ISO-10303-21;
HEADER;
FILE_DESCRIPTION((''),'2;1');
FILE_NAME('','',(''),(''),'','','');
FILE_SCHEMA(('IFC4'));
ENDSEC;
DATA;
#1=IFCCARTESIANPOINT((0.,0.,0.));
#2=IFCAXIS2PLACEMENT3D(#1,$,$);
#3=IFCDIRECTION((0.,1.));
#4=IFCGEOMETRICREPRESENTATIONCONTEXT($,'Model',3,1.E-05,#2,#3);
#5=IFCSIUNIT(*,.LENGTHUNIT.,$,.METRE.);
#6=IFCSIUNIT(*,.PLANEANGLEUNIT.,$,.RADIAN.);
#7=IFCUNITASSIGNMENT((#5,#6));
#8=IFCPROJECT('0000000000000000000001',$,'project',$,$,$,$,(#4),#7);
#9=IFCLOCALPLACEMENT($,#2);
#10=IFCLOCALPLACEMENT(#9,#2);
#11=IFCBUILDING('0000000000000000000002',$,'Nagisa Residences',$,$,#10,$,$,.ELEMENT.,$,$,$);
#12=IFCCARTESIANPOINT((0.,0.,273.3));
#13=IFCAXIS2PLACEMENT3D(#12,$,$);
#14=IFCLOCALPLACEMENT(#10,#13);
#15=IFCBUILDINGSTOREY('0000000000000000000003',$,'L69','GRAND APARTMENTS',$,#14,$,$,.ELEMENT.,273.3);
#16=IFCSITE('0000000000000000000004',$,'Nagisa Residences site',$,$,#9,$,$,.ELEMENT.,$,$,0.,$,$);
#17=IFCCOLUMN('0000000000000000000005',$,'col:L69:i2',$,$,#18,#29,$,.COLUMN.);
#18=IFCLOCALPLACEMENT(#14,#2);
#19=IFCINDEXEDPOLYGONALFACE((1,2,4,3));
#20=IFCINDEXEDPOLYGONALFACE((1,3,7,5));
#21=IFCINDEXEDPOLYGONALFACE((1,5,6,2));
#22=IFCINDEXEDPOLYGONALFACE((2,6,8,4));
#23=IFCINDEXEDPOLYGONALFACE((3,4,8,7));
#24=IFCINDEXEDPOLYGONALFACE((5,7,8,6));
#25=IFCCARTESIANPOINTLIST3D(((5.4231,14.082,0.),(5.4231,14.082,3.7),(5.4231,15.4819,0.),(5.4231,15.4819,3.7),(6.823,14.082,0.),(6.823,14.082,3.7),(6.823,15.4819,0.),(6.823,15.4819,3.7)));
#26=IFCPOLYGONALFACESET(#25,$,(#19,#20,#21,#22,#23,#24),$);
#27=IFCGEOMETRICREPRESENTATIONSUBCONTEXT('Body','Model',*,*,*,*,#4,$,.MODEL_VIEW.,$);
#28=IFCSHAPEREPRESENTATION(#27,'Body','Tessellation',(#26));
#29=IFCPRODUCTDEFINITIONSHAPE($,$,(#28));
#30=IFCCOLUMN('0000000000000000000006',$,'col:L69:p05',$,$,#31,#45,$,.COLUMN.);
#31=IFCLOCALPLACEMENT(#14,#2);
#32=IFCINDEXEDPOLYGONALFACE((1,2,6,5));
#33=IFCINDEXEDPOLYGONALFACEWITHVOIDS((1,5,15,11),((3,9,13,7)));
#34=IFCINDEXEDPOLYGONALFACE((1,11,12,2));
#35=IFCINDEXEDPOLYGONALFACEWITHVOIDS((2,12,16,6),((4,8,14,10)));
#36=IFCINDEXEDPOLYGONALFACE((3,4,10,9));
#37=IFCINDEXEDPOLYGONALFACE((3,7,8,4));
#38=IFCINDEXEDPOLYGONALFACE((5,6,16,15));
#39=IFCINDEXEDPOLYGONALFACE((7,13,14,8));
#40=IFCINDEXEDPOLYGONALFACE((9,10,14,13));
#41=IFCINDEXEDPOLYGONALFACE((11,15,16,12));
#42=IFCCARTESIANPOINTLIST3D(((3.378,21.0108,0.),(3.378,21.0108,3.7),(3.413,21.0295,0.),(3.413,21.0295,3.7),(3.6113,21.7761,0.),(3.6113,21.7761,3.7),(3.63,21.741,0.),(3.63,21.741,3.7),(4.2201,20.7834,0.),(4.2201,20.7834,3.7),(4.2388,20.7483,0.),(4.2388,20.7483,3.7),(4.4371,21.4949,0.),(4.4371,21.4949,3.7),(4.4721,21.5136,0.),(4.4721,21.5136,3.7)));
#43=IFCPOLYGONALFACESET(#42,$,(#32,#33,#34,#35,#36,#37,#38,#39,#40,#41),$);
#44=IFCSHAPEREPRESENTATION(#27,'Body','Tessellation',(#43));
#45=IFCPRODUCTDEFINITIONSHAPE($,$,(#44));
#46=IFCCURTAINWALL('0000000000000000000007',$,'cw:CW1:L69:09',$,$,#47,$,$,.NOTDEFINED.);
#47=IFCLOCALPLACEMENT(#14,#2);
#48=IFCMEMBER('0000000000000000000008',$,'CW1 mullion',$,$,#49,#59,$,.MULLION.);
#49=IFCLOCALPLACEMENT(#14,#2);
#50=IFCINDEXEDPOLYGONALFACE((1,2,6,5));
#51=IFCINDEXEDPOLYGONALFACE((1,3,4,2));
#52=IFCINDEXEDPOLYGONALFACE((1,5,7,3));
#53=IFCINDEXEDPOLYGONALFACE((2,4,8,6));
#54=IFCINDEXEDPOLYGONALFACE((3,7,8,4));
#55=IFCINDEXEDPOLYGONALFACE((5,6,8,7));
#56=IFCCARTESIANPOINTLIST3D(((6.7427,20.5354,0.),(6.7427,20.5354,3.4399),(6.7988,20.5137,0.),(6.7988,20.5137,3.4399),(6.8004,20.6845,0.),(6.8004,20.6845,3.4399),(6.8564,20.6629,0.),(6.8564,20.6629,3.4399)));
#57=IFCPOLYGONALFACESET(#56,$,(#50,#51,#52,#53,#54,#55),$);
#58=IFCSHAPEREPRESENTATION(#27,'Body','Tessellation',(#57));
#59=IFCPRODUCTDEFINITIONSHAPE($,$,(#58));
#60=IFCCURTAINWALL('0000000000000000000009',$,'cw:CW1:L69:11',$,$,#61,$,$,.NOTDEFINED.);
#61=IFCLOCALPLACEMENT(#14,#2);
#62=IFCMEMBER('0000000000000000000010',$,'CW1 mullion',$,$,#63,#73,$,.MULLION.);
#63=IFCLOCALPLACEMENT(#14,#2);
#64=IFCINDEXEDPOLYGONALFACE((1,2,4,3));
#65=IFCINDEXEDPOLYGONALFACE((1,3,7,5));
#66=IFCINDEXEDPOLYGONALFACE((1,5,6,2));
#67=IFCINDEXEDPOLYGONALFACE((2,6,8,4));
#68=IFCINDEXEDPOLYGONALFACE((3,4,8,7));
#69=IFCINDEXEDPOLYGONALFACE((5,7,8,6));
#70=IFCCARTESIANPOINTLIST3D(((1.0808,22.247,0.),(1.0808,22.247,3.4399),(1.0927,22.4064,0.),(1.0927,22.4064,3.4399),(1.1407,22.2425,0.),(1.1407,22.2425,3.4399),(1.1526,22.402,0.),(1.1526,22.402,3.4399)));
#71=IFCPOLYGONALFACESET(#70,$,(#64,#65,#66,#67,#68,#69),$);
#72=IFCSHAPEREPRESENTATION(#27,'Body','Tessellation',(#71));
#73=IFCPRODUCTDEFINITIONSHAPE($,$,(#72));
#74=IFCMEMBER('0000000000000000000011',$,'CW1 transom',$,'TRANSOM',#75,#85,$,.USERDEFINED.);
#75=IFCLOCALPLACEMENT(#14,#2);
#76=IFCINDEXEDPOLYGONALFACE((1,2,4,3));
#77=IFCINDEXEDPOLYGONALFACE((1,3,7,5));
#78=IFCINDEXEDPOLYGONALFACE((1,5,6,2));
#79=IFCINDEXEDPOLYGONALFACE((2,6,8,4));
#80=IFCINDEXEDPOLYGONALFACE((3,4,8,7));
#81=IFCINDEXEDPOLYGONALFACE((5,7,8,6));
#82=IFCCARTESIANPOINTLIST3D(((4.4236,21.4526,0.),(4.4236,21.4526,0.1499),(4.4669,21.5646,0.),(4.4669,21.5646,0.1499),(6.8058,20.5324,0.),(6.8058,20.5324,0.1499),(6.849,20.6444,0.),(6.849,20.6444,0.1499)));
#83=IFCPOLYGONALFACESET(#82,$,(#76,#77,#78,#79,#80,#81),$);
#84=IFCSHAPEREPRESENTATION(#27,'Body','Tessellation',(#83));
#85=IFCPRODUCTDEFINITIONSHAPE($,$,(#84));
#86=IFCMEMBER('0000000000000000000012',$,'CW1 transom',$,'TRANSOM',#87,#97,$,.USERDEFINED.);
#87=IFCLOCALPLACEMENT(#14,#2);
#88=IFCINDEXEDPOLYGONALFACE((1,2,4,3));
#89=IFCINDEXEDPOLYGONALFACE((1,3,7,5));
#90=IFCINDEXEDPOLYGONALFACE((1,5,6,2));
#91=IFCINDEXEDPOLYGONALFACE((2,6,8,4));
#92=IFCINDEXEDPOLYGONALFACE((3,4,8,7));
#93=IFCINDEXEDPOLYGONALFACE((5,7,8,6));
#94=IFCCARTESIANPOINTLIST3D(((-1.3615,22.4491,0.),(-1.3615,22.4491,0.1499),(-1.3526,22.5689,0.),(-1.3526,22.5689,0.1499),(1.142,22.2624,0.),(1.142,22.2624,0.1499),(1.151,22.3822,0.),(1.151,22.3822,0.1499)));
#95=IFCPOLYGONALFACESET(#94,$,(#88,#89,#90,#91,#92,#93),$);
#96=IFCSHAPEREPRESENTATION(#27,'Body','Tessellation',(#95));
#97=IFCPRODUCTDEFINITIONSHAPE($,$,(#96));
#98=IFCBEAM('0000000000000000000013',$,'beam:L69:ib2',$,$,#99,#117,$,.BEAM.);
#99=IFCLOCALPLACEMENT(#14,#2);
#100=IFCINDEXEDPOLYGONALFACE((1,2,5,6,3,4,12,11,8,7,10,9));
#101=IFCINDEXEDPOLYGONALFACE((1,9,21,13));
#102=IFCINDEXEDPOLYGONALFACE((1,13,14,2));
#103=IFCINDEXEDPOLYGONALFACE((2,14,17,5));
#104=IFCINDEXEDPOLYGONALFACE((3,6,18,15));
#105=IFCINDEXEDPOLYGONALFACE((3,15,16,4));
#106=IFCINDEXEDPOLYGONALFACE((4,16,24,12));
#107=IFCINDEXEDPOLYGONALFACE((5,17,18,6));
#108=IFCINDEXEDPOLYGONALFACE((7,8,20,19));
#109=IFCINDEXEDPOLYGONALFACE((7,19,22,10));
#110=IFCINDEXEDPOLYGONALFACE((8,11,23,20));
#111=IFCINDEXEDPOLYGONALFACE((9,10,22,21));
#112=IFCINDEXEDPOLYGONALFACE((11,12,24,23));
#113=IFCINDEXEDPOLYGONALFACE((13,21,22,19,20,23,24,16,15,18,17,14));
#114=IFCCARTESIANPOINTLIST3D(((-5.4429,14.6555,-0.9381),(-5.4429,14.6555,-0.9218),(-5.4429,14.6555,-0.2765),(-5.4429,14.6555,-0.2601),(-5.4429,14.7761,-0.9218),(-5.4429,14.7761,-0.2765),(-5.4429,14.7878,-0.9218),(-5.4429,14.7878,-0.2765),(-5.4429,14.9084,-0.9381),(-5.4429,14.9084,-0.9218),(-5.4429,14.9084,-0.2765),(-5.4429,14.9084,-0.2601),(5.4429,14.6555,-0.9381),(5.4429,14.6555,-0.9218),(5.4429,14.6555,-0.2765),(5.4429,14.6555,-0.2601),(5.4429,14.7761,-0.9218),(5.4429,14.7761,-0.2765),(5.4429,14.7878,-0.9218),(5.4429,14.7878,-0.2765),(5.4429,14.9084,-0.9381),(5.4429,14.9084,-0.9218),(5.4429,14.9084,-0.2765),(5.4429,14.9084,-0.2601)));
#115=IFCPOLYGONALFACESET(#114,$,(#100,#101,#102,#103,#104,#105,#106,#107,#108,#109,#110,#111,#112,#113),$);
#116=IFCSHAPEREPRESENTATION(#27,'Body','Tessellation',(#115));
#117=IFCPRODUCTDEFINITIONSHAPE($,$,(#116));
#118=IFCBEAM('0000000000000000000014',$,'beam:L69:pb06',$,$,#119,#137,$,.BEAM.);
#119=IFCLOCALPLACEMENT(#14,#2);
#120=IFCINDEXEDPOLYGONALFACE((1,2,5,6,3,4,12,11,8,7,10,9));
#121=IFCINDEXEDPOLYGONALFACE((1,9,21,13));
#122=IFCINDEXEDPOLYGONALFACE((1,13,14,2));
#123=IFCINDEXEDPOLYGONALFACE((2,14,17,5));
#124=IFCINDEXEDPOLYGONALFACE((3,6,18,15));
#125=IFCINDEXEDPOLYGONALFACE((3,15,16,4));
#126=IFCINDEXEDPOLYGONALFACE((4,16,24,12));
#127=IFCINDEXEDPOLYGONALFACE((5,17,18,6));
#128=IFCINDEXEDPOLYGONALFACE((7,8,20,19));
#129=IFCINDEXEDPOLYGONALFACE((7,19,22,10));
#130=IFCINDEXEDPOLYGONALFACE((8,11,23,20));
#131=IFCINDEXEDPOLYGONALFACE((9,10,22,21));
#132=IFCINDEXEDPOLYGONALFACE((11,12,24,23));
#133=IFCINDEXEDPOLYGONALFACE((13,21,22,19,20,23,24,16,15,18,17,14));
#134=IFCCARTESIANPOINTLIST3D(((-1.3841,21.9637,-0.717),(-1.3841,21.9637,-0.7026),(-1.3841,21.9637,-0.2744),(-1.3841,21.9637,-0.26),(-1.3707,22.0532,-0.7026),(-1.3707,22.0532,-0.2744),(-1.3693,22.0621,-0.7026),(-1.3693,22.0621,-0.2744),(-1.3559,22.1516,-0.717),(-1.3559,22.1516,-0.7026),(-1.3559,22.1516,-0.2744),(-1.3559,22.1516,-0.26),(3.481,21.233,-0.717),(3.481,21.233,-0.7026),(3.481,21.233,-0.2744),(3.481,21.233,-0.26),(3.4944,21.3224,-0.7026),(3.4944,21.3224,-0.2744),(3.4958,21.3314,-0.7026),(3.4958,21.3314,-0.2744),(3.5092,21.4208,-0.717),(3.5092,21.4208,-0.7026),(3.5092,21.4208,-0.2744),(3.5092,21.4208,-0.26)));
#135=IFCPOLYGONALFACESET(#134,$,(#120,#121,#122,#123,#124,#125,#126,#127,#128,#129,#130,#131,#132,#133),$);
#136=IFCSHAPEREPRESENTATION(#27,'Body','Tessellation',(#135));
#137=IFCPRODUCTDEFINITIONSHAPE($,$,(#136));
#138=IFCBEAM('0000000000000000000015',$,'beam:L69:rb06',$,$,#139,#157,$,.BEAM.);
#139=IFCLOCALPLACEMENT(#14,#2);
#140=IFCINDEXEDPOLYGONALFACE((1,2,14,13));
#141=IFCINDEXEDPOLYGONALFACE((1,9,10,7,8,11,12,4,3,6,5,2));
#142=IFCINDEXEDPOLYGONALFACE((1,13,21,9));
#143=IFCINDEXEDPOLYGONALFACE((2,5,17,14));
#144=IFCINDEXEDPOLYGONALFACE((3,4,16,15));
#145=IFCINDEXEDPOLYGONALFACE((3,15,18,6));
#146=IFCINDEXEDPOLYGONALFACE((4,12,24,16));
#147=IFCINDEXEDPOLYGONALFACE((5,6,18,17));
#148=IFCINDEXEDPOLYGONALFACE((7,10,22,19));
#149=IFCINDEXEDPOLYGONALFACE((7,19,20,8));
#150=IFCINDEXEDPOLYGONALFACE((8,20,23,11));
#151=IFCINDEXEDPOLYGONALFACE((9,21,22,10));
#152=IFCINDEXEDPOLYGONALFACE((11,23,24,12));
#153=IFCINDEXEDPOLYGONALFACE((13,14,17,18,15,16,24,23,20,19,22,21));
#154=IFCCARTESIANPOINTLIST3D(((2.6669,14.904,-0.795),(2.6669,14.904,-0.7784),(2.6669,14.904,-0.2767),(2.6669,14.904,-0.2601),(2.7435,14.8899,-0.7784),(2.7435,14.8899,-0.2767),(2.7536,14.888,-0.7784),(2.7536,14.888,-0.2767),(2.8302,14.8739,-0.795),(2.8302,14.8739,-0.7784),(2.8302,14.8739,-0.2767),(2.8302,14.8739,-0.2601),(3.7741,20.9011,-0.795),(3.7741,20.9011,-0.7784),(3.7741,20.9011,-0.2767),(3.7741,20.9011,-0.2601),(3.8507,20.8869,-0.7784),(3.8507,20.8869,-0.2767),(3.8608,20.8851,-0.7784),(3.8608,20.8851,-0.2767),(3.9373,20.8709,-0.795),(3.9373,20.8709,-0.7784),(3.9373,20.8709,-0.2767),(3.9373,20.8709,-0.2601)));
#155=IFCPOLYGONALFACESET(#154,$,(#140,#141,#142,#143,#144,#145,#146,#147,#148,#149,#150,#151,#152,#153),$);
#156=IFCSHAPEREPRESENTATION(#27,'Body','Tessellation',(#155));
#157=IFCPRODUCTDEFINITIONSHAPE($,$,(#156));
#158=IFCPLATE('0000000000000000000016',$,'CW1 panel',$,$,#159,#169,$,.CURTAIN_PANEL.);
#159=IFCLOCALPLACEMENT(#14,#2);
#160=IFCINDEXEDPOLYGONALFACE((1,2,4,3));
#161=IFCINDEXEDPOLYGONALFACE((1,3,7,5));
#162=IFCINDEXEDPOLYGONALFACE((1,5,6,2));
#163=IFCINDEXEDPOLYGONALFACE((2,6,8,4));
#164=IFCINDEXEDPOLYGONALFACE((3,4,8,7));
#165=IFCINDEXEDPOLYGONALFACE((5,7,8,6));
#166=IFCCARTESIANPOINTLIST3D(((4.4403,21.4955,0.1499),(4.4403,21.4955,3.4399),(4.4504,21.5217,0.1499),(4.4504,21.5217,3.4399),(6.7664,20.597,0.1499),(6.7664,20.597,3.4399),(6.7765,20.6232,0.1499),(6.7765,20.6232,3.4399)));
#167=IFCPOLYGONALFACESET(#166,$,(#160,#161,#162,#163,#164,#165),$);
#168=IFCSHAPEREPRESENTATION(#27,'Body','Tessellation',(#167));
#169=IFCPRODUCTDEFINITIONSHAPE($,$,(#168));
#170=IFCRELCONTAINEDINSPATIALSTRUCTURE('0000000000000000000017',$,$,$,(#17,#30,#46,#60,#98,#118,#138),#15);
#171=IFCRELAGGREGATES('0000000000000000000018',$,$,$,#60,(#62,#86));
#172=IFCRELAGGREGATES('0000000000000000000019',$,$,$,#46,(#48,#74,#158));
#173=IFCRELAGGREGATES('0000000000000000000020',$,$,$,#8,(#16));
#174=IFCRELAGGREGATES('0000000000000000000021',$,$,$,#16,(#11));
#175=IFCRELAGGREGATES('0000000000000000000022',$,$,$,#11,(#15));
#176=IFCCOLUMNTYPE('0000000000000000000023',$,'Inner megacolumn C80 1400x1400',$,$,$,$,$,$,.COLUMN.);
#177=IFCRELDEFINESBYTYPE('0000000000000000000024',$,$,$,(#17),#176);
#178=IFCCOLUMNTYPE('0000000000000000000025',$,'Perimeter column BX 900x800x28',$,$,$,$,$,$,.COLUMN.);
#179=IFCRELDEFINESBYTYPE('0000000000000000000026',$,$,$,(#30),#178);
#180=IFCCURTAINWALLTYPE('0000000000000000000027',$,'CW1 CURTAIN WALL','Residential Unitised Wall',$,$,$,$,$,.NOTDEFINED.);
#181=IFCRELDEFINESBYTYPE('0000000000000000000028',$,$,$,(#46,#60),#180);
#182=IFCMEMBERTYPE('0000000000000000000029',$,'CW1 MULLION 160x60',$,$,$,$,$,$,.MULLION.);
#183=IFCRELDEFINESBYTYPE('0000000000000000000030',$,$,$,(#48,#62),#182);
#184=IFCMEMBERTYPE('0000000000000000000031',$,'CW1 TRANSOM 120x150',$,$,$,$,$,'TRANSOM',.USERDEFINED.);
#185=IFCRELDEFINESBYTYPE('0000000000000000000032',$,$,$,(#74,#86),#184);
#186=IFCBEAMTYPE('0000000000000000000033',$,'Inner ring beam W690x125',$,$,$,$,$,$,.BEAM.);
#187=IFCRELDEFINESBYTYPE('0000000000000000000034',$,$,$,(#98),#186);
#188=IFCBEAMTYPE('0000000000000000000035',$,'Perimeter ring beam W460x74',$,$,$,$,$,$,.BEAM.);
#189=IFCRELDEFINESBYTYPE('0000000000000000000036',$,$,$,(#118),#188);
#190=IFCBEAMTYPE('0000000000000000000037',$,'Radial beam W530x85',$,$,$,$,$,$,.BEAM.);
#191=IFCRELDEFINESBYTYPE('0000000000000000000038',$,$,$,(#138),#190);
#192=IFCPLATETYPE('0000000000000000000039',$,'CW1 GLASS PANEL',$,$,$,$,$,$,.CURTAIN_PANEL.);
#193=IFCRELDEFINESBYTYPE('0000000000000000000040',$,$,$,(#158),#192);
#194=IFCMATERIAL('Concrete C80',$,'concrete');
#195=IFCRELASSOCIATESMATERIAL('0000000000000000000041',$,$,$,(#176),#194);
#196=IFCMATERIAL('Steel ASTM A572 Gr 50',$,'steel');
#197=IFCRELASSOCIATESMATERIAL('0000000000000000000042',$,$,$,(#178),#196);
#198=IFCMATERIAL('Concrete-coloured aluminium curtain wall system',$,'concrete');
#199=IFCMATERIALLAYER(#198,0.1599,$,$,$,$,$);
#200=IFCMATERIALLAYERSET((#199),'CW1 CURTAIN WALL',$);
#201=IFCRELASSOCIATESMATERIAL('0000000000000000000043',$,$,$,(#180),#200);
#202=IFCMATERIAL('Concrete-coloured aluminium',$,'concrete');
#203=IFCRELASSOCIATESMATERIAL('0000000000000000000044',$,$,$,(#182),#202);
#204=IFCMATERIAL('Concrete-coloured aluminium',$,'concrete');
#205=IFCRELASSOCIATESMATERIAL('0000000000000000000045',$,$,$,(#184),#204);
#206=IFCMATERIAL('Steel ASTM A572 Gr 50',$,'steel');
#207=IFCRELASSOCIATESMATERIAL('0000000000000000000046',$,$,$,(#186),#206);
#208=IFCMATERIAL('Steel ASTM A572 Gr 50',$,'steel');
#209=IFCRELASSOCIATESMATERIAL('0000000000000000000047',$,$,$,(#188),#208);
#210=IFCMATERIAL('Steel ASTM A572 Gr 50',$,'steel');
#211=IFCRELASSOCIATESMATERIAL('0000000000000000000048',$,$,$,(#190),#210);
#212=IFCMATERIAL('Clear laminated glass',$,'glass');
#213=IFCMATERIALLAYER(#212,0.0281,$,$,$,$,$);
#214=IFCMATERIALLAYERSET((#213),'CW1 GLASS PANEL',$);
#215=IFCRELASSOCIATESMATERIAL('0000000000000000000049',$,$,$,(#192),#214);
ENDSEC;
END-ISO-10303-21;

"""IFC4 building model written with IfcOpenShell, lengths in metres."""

from ifc_helpers import new_model, si_unit, direction, frame, origin, origin_2d, place, context, subcontext, project, spatial, rectangle, hollow_rectangle, i_section, extrude, material, layer, layer_set, material_profile, profile_set, type_object, element, aggregate, save


model = new_model("IFC4")

# Units and contexts
model_context = context("Model", 3, precision=1e-05, world=origin(), true_north=direction((0.0, 1.0)))
body_context = subcontext(model_context, "Body", "Model", "MODEL_VIEW")
ifc_project = project(units=[si_unit("LENGTHUNIT", "METRE"), si_unit("PLANEANGLEUNIT", "RADIAN")], contexts=[model_context])

# Site, building, storey
site_placement = place(None, origin())
site = spatial("IfcSite", under=ifc_project, at=site_placement, Name="Nagisa Residences site", CompositionType="ELEMENT", RefElevation=0.0)
building_placement = place(site_placement, origin())
building = spatial("IfcBuilding", under=site, at=building_placement, Name="Nagisa Residences", CompositionType="ELEMENT")
storey_placement = place(building_placement, frame((0.0, 0.0, 273.3)))
storey = spatial("IfcBuildingStorey", under=building, at=storey_placement, Name="L69", Description="GRAND APARTMENTS", CompositionType="ELEMENT", Elevation=273.3)

# Columns
ifc_material_1 = material(Name="Concrete C80", Category="concrete")
ifc_material_profile_1 = material_profile(ifc_material_1, rectangle(XDim=1.3999, YDim=1.3999, at=origin_2d()), Name="C80 1400x1400")
ifc_profile_set_1 = profile_set([ifc_material_profile_1], Name="Concrete C80")
column_type_1 = type_object("IfcColumnType", Name="Inner megacolumn C80 1400x1400", PredefinedType="COLUMN", material=ifc_profile_set_1)
column_1_placement = place(storey_placement, frame((6.123, 14.782, 0.0), z_axis=(0.0, 0.0, 1.0), x_axis=(1.0, 0.0, 0.0)))
element("IfcColumn", 1, at=column_1_placement, inside=storey, type_object=column_type_1, Name="col:L69:i2", PredefinedType="COLUMN", context=body_context, shape_type="SweptSolid", body=[
    extrude(rectangle(XDim=1.3999, YDim=1.3999, at=origin_2d()), origin(), (0.0, 0.0, 1.0), 3.7),
])
ifc_material_2 = material(Name="Steel ASTM A572 Gr 50", Category="steel")
ifc_material_profile_2 = material_profile(ifc_material_2, hollow_rectangle(XDim=0.8999, YDim=0.8, WallThickness=0.0281, at=origin_2d()), Name="BX 900x800x28")
ifc_profile_set_2 = profile_set([ifc_material_profile_2], Name="Steel ASTM A572 Gr 50")
column_type_2 = type_object("IfcColumnType", Name="Perimeter column BX 900x800x28", PredefinedType="COLUMN", material=ifc_profile_set_2)
column_2_placement = place(storey_placement, frame((3.925, 21.2622, 0.0), z_axis=(0.0, 0.0, 1.0), x_axis=(-0.956525, 0.291652, 0.0)))
element("IfcColumn", 2, at=column_2_placement, inside=storey, type_object=column_type_2, Name="col:L69:p05", PredefinedType="COLUMN", context=body_context, shape_type="SweptSolid", body=[
    extrude(hollow_rectangle(XDim=0.8999, YDim=0.8, WallThickness=0.0281, at=origin_2d()), origin(), (0.0, 0.0, 1.0), 3.7),
])

# Curtain walls, members
ifc_material_3 = material(Name="Concrete-coloured aluminium curtain wall system", Category="concrete")
ifc_layer_1 = layer(ifc_material_3, 0.1599)
ifc_layer_set_1 = layer_set([ifc_layer_1], Name="CW1 CURTAIN WALL")
curtain_wall_type = type_object("IfcCurtainWallType", Name="CW1 CURTAIN WALL", Description="Residential Unitised Wall", PredefinedType="NOTDEFINED", material=ifc_layer_set_1)
curtain_wall_1_placement = place(storey_placement, origin())
curtain_wall_1 = element("IfcCurtainWall", 3, at=curtain_wall_1_placement, inside=storey, type_object=curtain_wall_type, Name="cw:CW1:L69:09", PredefinedType="NOTDEFINED")
ifc_material_4 = material(Name="Concrete-coloured aluminium", Category="concrete")
ifc_material_profile_3 = material_profile(ifc_material_4, rectangle(XDim=0.1599, YDim=0.0601, at=origin_2d()), Name="CW1 MULLION 160x60")
ifc_profile_set_3 = profile_set([ifc_material_profile_3], Name="Concrete-coloured aluminium")
member_type_1 = type_object("IfcMemberType", Name="CW1 MULLION 160x60", PredefinedType="MULLION", material=ifc_profile_set_3)
member_1_placement = place(storey_placement, frame((6.7996, 20.5991, 0.0), z_axis=(0.0, 0.0, 1.0), x_axis=(-0.360328, -0.932826, 0.0)))
member_1 = element("IfcMember", 4, at=member_1_placement, type_object=member_type_1, Name="CW1 mullion", PredefinedType="MULLION", context=body_context, shape_type="SweptSolid", body=[
    extrude(rectangle(XDim=0.1599, YDim=0.0601, at=origin_2d()), origin(), (0.0, 0.0, 1.0), 3.4399),
])
curtain_wall_2_placement = place(storey_placement, origin())
curtain_wall_2 = element("IfcCurtainWall", 5, at=curtain_wall_2_placement, inside=storey, type_object=curtain_wall_type, Name="cw:CW1:L69:11", PredefinedType="NOTDEFINED")
member_2_placement = place(storey_placement, frame((1.1167, 22.3245, 0.0), z_axis=(0.0, 0.0, 1.0), x_axis=(-0.074377, -0.99723, 0.0)))
member_2 = element("IfcMember", 6, at=member_2_placement, type_object=member_type_1, Name="CW1 mullion", PredefinedType="MULLION", context=body_context, shape_type="SweptSolid", body=[
    extrude(rectangle(XDim=0.1599, YDim=0.0601, at=origin_2d()), origin(), (0.0, 0.0, 1.0), 3.4399),
])

# Members
ifc_material_5 = material(Name="Concrete-coloured aluminium", Category="concrete")
ifc_material_profile_4 = material_profile(ifc_material_5, rectangle(XDim=0.1201, YDim=0.1499, at=origin_2d()), Name="CW1 TRANSOM 120x150")
ifc_profile_set_4 = profile_set([ifc_material_profile_4], Name="Concrete-coloured aluminium")
member_type_2 = type_object("IfcMemberType", Name="CW1 TRANSOM 120x150", ElementType="TRANSOM", PredefinedType="USERDEFINED", material=ifc_profile_set_4)
member_3_placement = place(storey_placement, frame((6.8274, 20.5884, 0.075), z_axis=(-0.932822, 0.360337, 0.0), x_axis=(-0.360337, -0.932822, 0.0)))
member_3 = element("IfcMember", 7, at=member_3_placement, type_object=member_type_2, Name="CW1 transom", ObjectType="TRANSOM", PredefinedType="USERDEFINED", context=body_context, shape_type="SweptSolid", body=[
    extrude(rectangle(XDim=0.1201, YDim=0.1499, at=origin_2d()), origin(), (0.0, 0.0, 1.0), 2.5537),
])
member_4_placement = place(storey_placement, frame((1.1465, 22.3223, 0.075), z_axis=(-0.997229, 0.074391, 0.0), x_axis=(-0.074391, -0.997229, 0.0)))
member_4 = element("IfcMember", 8, at=member_4_placement, type_object=member_type_2, Name="CW1 transom", ObjectType="TRANSOM", PredefinedType="USERDEFINED", context=body_context, shape_type="SweptSolid", body=[
    extrude(rectangle(XDim=0.1201, YDim=0.1499, at=origin_2d()), origin(), (0.0, 0.0, 1.0), 2.5105),
])
aggregate(curtain_wall_2, [member_2, member_4])

# Beams
ifc_material_6 = material(Name="Steel ASTM A572 Gr 50", Category="steel")
ifc_material_profile_5 = material_profile(ifc_material_6, i_section(OverallWidth=0.2529, OverallDepth=0.678, WebThickness=0.0117, FlangeThickness=0.0164, at=origin_2d()), Name="W690x125")
ifc_profile_set_5 = profile_set([ifc_material_profile_5], Name="Steel ASTM A572 Gr 50")
beam_type_1 = type_object("IfcBeamType", Name="Inner ring beam W690x125", PredefinedType="BEAM", material=ifc_profile_set_5)
beam_1_placement = place(storey_placement, frame((5.4429, 14.782, -0.5991), z_axis=(-1.0, 0.0, 0.0), x_axis=(0.0, -1.0, 0.0)))
element("IfcBeam", 9, at=beam_1_placement, inside=storey, type_object=beam_type_1, Name="beam:L69:ib2", PredefinedType="BEAM", context=body_context, shape_type="SweptSolid", body=[
    extrude(i_section(OverallWidth=0.2529, OverallDepth=0.678, WebThickness=0.0117, FlangeThickness=0.0164, at=origin_2d()), origin(), (0.0, 0.0, 1.0), 10.8857),
])
ifc_material_7 = material(Name="Steel ASTM A572 Gr 50", Category="steel")
ifc_material_profile_6 = material_profile(ifc_material_7, i_section(OverallWidth=0.1899, OverallDepth=0.457, WebThickness=0.009, FlangeThickness=0.0144, at=origin_2d()), Name="W460x74")
ifc_profile_set_6 = profile_set([ifc_material_profile_6], Name="Steel ASTM A572 Gr 50")
beam_type_2 = type_object("IfcBeamType", Name="Perimeter ring beam W460x74", PredefinedType="BEAM", material=ifc_profile_set_6)
beam_2_placement = place(storey_placement, frame((3.4951, 21.3269, -0.4885), z_axis=(-0.988908, 0.148532, 0.0), x_axis=(-0.148532, -0.988908, 0.0)))
element("IfcBeam", 10, at=beam_2_placement, inside=storey, type_object=beam_type_2, Name="beam:L69:pb06", PredefinedType="BEAM", context=body_context, shape_type="SweptSolid", body=[
    extrude(i_section(OverallWidth=0.1899, OverallDepth=0.457, WebThickness=0.009, FlangeThickness=0.0144, at=origin_2d()), origin(), (0.0, 0.0, 1.0), 4.9197),
])
ifc_material_8 = material(Name="Steel ASTM A572 Gr 50", Category="steel")
ifc_material_profile_7 = material_profile(ifc_material_8, i_section(OverallWidth=0.166, OverallDepth=0.5349, WebThickness=0.0103, FlangeThickness=0.0166, at=origin_2d()), Name="W530x85")
ifc_profile_set_7 = profile_set([ifc_material_profile_7], Name="Steel ASTM A572 Gr 50")
beam_type_3 = type_object("IfcBeamType", Name="Radial beam W530x85", PredefinedType="BEAM", material=ifc_profile_set_7)
beam_3_placement = place(storey_placement, frame((3.8557, 20.886, -0.5276), z_axis=(-0.181552, -0.983381, 0.0), x_axis=(0.983381, -0.181552, 0.0)))
element("IfcBeam", 11, at=beam_3_placement, inside=storey, type_object=beam_type_3, Name="beam:L69:rb06", PredefinedType="BEAM", context=body_context, shape_type="SweptSolid", body=[
    extrude(i_section(OverallWidth=0.166, OverallDepth=0.5349, WebThickness=0.0103, FlangeThickness=0.0166, at=origin_2d()), origin(), (0.0, 0.0, 1.0), 6.0984),
])

# Plate
ifc_material_9 = material(Name="Clear laminated glass", Category="glass")
ifc_layer_2 = layer(ifc_material_9, 0.0281)
ifc_layer_set_2 = layer_set([ifc_layer_2], Name="CW1 GLASS PANEL")
plate_type = type_object("IfcPlateType", Name="CW1 GLASS PANEL", PredefinedType="CURTAIN_PANEL", material=ifc_layer_set_2)
plate_placement = place(storey_placement, frame((5.6084, 21.0593, 0.1499), z_axis=(0.0, 0.0, 1.0), x_axis=(-0.932826, 0.360328, 0.0)))
plate = element("IfcPlate", 12, at=plate_placement, type_object=plate_type, Name="CW1 panel", PredefinedType="CURTAIN_PANEL", context=body_context, shape_type="SweptSolid", body=[
    extrude(rectangle(XDim=2.4937, YDim=0.0281, at=origin_2d()), origin(), (0.0, 0.0, 1.0), 3.29),
])
aggregate(curtain_wall_1, [member_1, member_3, plate])

save(model, "model.ifc")
